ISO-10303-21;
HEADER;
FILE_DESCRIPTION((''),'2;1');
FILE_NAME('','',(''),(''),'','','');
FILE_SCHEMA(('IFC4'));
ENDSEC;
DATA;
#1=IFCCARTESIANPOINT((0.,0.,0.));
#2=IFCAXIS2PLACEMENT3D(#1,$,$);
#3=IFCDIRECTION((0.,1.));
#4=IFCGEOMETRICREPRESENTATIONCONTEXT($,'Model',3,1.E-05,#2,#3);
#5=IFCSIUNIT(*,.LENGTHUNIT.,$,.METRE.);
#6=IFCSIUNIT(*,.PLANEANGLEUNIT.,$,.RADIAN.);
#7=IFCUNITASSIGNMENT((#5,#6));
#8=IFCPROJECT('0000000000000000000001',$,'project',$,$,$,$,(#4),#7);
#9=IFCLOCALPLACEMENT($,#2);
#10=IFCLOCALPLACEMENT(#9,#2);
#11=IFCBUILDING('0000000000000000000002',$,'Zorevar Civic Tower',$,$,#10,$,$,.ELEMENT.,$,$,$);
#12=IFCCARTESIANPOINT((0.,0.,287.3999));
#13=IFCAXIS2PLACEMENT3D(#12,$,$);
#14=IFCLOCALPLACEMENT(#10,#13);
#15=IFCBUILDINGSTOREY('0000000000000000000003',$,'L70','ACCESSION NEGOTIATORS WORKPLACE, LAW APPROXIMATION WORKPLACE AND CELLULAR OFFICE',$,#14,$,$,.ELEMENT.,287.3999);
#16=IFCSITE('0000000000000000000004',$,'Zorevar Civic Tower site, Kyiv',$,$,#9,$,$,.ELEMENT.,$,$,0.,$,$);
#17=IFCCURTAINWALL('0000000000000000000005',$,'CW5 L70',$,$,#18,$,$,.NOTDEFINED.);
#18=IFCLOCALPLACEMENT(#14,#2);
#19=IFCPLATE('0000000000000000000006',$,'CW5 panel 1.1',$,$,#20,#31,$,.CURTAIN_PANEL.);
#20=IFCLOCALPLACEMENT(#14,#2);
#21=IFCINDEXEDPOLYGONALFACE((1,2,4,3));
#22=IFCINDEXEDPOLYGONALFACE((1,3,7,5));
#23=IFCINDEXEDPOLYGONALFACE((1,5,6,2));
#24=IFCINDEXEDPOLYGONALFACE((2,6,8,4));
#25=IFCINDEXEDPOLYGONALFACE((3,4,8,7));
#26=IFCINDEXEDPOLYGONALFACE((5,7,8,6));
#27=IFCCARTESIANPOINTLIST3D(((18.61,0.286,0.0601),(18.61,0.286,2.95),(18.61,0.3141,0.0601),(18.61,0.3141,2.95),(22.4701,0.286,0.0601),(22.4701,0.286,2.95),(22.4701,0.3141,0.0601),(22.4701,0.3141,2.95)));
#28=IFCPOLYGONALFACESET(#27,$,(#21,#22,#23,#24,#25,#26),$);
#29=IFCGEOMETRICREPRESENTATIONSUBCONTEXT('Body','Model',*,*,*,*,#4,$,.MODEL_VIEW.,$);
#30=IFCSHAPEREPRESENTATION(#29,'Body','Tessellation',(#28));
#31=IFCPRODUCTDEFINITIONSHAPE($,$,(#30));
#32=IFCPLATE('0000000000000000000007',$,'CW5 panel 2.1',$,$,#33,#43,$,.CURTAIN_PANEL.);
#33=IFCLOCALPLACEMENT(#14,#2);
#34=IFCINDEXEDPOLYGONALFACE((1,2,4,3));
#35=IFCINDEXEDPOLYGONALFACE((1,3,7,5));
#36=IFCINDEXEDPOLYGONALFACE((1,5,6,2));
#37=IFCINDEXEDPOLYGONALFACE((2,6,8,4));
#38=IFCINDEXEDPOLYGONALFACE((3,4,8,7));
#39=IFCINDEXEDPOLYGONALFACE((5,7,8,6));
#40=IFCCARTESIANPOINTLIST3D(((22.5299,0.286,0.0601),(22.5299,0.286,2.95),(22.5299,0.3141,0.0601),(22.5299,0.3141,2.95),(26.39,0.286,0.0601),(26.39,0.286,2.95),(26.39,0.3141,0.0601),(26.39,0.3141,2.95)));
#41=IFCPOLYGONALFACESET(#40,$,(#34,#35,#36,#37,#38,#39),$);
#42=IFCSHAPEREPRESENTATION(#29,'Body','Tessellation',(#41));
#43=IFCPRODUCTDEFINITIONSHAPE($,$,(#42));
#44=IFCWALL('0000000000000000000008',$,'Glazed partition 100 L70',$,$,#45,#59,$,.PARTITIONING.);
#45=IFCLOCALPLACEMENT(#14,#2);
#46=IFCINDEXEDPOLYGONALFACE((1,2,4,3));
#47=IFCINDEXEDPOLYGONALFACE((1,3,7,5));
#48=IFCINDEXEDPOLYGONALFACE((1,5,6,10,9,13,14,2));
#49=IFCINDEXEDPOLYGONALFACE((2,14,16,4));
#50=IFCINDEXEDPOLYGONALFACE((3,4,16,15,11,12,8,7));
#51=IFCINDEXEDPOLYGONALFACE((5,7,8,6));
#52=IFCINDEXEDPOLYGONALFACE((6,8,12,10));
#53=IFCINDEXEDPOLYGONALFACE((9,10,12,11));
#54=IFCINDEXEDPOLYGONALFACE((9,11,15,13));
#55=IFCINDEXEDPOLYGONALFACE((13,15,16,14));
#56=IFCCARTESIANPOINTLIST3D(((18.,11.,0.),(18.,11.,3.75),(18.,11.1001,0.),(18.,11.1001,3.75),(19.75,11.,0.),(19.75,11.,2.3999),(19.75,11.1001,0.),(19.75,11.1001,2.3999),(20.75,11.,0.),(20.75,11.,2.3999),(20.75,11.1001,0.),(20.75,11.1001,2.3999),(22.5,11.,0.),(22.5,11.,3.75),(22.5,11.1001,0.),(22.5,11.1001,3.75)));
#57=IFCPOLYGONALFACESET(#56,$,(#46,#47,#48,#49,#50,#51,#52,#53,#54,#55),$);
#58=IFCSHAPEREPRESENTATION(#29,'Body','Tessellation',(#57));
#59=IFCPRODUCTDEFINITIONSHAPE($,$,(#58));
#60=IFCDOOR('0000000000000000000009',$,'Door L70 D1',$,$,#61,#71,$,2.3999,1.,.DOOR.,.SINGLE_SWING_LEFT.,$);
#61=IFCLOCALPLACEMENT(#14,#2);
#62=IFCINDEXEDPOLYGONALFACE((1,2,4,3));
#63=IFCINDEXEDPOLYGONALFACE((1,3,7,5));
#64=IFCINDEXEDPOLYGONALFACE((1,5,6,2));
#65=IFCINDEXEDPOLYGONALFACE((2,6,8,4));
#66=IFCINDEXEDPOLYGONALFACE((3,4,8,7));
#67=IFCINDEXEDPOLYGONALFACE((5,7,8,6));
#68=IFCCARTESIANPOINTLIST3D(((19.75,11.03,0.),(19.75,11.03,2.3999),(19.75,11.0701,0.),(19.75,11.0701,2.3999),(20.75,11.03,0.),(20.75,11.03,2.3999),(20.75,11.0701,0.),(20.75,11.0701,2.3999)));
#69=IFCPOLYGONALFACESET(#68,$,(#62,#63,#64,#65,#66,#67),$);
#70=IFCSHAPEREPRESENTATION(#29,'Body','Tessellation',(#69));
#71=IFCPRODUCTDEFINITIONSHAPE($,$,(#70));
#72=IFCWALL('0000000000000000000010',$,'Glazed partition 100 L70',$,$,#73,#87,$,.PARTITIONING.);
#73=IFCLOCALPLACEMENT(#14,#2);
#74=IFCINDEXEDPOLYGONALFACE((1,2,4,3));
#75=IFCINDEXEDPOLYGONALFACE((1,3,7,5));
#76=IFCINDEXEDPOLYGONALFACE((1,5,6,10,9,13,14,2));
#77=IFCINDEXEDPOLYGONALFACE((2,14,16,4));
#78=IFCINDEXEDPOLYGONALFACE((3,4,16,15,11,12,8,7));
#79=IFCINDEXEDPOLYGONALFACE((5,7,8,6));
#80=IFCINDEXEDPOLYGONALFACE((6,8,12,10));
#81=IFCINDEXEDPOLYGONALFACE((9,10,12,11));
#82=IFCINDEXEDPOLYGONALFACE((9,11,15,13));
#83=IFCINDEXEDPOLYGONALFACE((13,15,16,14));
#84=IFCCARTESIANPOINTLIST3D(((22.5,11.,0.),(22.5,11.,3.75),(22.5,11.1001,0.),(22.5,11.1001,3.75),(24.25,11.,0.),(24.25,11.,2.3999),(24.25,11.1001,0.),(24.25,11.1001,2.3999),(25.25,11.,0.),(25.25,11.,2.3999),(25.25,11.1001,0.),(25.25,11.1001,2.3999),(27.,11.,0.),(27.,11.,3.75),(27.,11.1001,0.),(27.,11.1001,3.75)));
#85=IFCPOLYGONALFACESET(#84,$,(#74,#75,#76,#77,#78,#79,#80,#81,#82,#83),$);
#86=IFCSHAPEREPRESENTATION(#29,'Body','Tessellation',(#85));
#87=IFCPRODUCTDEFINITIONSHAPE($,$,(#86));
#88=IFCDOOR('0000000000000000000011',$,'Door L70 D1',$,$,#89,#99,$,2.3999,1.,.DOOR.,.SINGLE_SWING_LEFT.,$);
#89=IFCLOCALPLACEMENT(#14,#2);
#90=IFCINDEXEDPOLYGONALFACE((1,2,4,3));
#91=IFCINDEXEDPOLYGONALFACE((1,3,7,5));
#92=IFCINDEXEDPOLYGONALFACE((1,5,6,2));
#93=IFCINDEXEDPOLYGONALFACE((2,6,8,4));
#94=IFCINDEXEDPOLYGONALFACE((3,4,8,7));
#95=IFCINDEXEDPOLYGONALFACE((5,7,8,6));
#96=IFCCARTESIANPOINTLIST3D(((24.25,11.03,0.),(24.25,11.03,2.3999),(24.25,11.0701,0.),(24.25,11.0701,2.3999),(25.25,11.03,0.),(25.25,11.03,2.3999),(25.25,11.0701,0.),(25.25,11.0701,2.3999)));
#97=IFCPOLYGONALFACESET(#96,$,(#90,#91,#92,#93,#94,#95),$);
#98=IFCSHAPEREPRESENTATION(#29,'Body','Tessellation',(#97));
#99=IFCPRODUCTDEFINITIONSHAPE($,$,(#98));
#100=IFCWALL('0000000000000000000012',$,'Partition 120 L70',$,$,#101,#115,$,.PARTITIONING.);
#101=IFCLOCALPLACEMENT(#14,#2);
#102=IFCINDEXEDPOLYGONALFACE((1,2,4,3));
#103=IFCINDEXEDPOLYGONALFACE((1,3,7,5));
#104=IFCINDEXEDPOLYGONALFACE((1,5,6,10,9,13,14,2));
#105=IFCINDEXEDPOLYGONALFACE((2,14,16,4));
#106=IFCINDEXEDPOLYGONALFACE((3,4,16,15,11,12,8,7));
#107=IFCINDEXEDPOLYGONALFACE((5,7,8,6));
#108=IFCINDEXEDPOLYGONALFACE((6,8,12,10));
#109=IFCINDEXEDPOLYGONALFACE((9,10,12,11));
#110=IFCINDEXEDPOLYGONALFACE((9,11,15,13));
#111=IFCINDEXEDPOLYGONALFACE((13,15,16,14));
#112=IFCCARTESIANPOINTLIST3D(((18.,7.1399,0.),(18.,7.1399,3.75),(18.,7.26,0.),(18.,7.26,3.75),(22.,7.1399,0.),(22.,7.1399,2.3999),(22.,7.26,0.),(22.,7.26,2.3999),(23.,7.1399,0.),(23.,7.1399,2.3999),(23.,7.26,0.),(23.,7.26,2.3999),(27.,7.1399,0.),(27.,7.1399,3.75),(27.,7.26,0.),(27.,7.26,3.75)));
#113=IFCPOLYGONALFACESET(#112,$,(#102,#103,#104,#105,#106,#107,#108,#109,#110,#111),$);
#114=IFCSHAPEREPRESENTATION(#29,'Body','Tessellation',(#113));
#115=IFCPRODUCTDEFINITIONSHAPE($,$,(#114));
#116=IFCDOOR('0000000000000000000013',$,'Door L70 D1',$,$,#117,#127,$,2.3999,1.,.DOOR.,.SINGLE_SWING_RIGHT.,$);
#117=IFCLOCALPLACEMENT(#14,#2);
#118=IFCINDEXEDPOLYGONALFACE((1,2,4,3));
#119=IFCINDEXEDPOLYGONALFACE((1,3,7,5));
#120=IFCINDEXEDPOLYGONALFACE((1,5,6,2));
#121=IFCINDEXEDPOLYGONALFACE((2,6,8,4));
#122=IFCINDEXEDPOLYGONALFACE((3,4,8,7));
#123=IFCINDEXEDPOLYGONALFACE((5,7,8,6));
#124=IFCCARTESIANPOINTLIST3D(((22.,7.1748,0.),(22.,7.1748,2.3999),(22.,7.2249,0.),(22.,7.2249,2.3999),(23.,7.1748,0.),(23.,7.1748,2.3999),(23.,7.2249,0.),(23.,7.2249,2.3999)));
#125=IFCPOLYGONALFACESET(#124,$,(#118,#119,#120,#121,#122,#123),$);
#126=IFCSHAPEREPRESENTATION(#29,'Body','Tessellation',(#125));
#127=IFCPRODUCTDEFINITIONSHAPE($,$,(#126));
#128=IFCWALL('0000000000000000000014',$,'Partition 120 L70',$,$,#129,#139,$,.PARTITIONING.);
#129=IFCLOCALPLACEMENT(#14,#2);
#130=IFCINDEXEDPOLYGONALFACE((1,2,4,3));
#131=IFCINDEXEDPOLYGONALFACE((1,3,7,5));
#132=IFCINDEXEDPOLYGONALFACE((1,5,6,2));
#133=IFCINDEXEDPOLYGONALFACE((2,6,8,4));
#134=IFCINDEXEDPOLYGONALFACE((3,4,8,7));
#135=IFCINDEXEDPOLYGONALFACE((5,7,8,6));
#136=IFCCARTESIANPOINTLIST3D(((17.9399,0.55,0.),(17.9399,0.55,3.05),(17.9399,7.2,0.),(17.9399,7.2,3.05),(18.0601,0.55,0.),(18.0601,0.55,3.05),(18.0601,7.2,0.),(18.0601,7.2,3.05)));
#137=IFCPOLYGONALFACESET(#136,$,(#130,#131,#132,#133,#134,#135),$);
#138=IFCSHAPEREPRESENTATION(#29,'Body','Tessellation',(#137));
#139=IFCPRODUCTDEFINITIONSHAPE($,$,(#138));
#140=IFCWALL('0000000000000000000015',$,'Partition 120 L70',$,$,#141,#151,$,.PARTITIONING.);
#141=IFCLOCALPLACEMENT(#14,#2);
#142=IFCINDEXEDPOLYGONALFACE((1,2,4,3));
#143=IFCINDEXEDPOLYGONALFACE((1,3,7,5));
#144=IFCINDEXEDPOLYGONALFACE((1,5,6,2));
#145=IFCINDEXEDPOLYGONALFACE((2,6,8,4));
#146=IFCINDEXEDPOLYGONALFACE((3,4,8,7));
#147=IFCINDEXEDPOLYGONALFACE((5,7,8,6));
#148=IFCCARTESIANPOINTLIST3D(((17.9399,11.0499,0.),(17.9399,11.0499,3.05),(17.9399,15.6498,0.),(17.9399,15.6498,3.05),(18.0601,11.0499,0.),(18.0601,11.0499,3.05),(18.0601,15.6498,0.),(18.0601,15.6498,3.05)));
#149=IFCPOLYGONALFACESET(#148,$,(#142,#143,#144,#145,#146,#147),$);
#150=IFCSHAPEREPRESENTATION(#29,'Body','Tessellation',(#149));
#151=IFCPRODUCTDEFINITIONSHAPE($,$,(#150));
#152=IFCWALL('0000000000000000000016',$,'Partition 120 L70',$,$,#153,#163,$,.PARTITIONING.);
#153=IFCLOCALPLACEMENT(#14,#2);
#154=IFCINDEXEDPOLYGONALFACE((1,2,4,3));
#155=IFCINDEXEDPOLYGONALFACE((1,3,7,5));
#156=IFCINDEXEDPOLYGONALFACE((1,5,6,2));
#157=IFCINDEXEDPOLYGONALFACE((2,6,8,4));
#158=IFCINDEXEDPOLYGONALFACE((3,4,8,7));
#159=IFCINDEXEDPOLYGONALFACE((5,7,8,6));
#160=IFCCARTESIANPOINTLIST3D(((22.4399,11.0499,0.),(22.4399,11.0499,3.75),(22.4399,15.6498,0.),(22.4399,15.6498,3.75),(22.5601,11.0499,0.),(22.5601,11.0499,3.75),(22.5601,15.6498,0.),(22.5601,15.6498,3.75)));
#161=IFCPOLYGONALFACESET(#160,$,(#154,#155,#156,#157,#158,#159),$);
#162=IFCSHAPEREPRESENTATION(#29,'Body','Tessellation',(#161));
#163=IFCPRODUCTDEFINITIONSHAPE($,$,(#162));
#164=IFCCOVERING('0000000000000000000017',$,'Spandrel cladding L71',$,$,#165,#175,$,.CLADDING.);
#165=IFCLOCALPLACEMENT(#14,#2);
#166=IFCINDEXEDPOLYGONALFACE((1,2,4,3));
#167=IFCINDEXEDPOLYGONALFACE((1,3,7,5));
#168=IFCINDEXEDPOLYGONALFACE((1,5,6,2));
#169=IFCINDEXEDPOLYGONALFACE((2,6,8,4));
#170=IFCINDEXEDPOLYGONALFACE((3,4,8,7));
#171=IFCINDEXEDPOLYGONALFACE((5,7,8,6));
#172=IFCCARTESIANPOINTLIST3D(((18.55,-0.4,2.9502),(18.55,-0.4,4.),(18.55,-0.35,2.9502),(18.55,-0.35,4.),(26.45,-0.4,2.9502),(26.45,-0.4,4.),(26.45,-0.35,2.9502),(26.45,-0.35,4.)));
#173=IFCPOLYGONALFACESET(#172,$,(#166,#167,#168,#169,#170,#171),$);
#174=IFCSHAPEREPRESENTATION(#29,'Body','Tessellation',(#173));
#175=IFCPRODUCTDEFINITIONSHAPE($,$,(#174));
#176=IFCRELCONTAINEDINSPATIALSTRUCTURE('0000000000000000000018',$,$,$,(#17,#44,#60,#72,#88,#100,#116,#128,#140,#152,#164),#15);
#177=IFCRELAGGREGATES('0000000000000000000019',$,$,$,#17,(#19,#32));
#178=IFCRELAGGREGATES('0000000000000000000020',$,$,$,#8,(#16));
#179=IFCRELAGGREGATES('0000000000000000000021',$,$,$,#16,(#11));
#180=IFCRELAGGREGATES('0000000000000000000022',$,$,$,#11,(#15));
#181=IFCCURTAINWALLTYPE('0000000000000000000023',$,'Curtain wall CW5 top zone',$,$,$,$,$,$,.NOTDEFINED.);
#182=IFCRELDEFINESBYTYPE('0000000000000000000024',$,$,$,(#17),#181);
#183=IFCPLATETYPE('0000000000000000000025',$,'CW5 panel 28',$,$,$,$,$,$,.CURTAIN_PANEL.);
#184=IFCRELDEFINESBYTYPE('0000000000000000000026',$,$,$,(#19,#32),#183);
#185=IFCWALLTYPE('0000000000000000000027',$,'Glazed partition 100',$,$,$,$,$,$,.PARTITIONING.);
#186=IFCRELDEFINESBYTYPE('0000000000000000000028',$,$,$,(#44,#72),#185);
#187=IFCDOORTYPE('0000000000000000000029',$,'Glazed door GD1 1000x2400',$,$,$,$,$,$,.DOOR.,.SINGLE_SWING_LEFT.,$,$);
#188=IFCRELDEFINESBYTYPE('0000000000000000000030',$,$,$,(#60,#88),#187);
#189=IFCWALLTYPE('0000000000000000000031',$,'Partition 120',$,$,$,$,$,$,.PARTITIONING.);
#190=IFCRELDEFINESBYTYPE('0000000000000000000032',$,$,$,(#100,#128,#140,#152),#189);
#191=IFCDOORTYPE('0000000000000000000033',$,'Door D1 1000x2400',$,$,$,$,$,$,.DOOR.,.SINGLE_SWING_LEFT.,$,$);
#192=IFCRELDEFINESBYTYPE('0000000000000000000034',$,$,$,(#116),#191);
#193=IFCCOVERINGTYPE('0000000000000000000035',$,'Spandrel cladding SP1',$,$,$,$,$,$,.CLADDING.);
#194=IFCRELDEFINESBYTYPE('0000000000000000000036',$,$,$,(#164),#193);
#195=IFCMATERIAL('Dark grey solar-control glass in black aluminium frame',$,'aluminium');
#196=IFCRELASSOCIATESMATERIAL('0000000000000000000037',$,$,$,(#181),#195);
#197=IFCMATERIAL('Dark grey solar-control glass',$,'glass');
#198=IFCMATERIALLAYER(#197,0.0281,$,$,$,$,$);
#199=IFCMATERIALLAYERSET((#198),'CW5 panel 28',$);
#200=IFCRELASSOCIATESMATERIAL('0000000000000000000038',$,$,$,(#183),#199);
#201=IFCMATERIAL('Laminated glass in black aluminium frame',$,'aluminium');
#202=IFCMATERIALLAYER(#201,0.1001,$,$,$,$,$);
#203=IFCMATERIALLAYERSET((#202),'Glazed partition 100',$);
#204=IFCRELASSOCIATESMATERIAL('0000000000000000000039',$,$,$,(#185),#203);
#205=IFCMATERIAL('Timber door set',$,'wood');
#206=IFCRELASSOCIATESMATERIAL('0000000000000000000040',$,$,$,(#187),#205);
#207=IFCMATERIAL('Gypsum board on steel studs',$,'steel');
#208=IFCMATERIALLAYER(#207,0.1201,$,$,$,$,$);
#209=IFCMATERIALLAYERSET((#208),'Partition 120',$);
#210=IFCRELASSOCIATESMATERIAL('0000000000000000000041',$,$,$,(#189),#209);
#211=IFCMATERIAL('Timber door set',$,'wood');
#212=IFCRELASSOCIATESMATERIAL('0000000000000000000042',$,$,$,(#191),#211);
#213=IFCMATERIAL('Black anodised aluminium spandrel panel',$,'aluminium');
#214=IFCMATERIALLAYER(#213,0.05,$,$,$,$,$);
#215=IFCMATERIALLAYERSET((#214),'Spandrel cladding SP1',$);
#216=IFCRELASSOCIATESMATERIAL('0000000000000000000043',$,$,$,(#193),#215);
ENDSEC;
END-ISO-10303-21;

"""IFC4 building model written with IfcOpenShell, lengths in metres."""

from ifc_helpers import new_model, si_unit, direction, frame, frame_2d, origin, origin_2d, place, context, subcontext, project, spatial, rectangle, extrude, material, layer, layer_set, type_object, element, fill, aggregate, save


model = new_model("IFC4")

# Units and contexts
model_context = context("Model", 3, precision=1e-05, world=origin(), true_north=direction((0.0, 1.0)))
body_context = subcontext(model_context, "Body", "Model", "MODEL_VIEW")
ifc_project = project(units=[si_unit("LENGTHUNIT", "METRE"), si_unit("PLANEANGLEUNIT", "RADIAN")], contexts=[model_context])

# Site, building, storey
site_placement = place(None, origin())
site = spatial("IfcSite", under=ifc_project, at=site_placement, Name="Zorevar Civic Tower site, Kyiv", CompositionType="ELEMENT", RefElevation=0.0)
building_placement = place(site_placement, origin())
building = spatial("IfcBuilding", under=site, at=building_placement, Name="Zorevar Civic Tower", CompositionType="ELEMENT")
storey_placement = place(building_placement, frame((0.0, 0.0, 287.3999)))
storey = spatial("IfcBuildingStorey", under=building, at=storey_placement, Name="L70", Description="ACCESSION NEGOTIATORS WORKPLACE, LAW APPROXIMATION WORKPLACE AND CELLULAR OFFICE", CompositionType="ELEMENT", Elevation=287.3999)

# Curtain wall
ifc_material_1 = material(Name="Dark grey solar-control glass in black aluminium frame", Category="aluminium")
curtain_wall_type = type_object("IfcCurtainWallType", Name="Curtain wall CW5 top zone", PredefinedType="NOTDEFINED", material=ifc_material_1)
curtain_wall_1_placement = place(storey_placement, origin())
curtain_wall_1 = element("IfcCurtainWall", 1, at=curtain_wall_1_placement, inside=storey, type_object=curtain_wall_type, Name="CW5 L70", PredefinedType="NOTDEFINED")

# Plates
ifc_material_2 = material(Name="Dark grey solar-control glass", Category="glass")
ifc_layer_1 = layer(ifc_material_2, 0.0281)
ifc_layer_set_1 = layer_set([ifc_layer_1], Name="CW5 panel 28")
plate_type = type_object("IfcPlateType", Name="CW5 panel 28", PredefinedType="CURTAIN_PANEL", material=ifc_layer_set_1)
plate_1_placement = place(storey_placement, frame((20.54, 0.3, 0.0601), z_axis=(0.0, 0.0, 1.0), x_axis=(1.0, 0.0, 0.0)))
plate_1 = element("IfcPlate", 2, at=plate_1_placement, type_object=plate_type, Name="CW5 panel 1.1", PredefinedType="CURTAIN_PANEL", context=body_context, shape_type="SweptSolid", body=[
    extrude(rectangle(XDim=3.8601, YDim=0.0281, at=origin_2d()), origin(), (0.0, 0.0, 1.0), 2.8899),
])
plate_2_placement = place(storey_placement, frame((24.46, 0.3, 0.0601), z_axis=(0.0, 0.0, 1.0), x_axis=(1.0, 0.0, 0.0)))
plate_2 = element("IfcPlate", 3, at=plate_2_placement, type_object=plate_type, Name="CW5 panel 2.1", PredefinedType="CURTAIN_PANEL", context=body_context, shape_type="SweptSolid", body=[
    extrude(rectangle(XDim=3.8601, YDim=0.0281, at=origin_2d()), origin(), (0.0, 0.0, 1.0), 2.8899),
])
aggregate(curtain_wall_1, [plate_1, plate_2])

# Walls, openings, doors
ifc_material_3 = material(Name="Laminated glass in black aluminium frame", Category="aluminium")
ifc_layer_2 = layer(ifc_material_3, 0.1001)
ifc_layer_set_2 = layer_set([ifc_layer_2], Name="Glazed partition 100")
wall_type_1 = type_object("IfcWallType", Name="Glazed partition 100", PredefinedType="PARTITIONING", material=ifc_layer_set_2)
wall_1_placement = place(storey_placement, frame((18.0, 11.05, 0.0), z_axis=(0.0, 0.0, 1.0), x_axis=(1.0, 0.0, 0.0)))
wall_1 = element("IfcWall", 4, at=wall_1_placement, inside=storey, type_object=wall_type_1, Name="Glazed partition 100 L70", PredefinedType="PARTITIONING", context=body_context, shape_type="SweptSolid", body=[
    extrude(rectangle(XDim=4.5, YDim=0.1001, at=frame_2d((2.25, 0.0))), origin(), (0.0, 0.0, 1.0), 3.75),
])
opening_1_placement = place(wall_1_placement, frame((1.75, 0.0, 0.0)))
opening_1 = element("IfcOpeningElement", 5, at=opening_1_placement, cuts=wall_1, PredefinedType="OPENING", context=body_context, shape_type="SweptSolid", body=[
    extrude(rectangle(XDim=1.0, YDim=2.3999, at=frame_2d((0.5, 1.2))), frame((0.0, 0.0601, 0.0), z_axis=(0.0, -1.0, 0.0), x_axis=(1.0, 0.0, 0.0)), (0.0, 0.0, 1.0), 0.1201),
])
ifc_material_4 = material(Name="Timber door set", Category="wood")
door_type_1 = type_object("IfcDoorType", Name="Glazed door GD1 1000x2400", OperationType="SINGLE_SWING_LEFT", PredefinedType="DOOR", material=ifc_material_4)
door_1_placement = place(opening_1_placement, origin())
door_1 = element("IfcDoor", 6, at=door_1_placement, inside=storey, type_object=door_type_1, Name="Door L70 D1", OperationType="SINGLE_SWING_LEFT", OverallHeight=2.3999, OverallWidth=1.0, PredefinedType="DOOR", context=body_context, shape_type="SweptSolid", body=[
    extrude(rectangle(XDim=1.0, YDim=2.3999, at=frame_2d((0.5, 1.2))), frame((0.0, 0.02, 0.0), z_axis=(0.0, -1.0, 0.0), x_axis=(1.0, 0.0, 0.0)), (0.0, 0.0, 1.0), 0.04),
])
fill(opening_1, door_1)
wall_2_placement = place(storey_placement, frame((22.5, 11.05, 0.0), z_axis=(0.0, 0.0, 1.0), x_axis=(1.0, 0.0, 0.0)))
wall_2 = element("IfcWall", 7, at=wall_2_placement, inside=storey, type_object=wall_type_1, Name="Glazed partition 100 L70", PredefinedType="PARTITIONING", context=body_context, shape_type="SweptSolid", body=[
    extrude(rectangle(XDim=4.5, YDim=0.1001, at=frame_2d((2.25, 0.0))), origin(), (0.0, 0.0, 1.0), 3.75),
])
opening_2_placement = place(wall_2_placement, frame((1.75, 0.0, 0.0)))
opening_2 = element("IfcOpeningElement", 8, at=opening_2_placement, cuts=wall_2, PredefinedType="OPENING", context=body_context, shape_type="SweptSolid", body=[
    extrude(rectangle(XDim=1.0, YDim=2.3999, at=frame_2d((0.5, 1.2))), frame((0.0, 0.0601, 0.0), z_axis=(0.0, -1.0, 0.0), x_axis=(1.0, 0.0, 0.0)), (0.0, 0.0, 1.0), 0.1201),
])
door_2_placement = place(opening_2_placement, origin())
door_2 = element("IfcDoor", 9, at=door_2_placement, inside=storey, type_object=door_type_1, Name="Door L70 D1", OperationType="SINGLE_SWING_LEFT", OverallHeight=2.3999, OverallWidth=1.0, PredefinedType="DOOR", context=body_context, shape_type="SweptSolid", body=[
    extrude(rectangle(XDim=1.0, YDim=2.3999, at=frame_2d((0.5, 1.2))), frame((0.0, 0.02, 0.0), z_axis=(0.0, -1.0, 0.0), x_axis=(1.0, 0.0, 0.0)), (0.0, 0.0, 1.0), 0.04),
])
fill(opening_2, door_2)
ifc_material_5 = material(Name="Gypsum board on steel studs", Category="steel")
ifc_layer_3 = layer(ifc_material_5, 0.1201)
ifc_layer_set_3 = layer_set([ifc_layer_3], Name="Partition 120")
wall_type_2 = type_object("IfcWallType", Name="Partition 120", PredefinedType="PARTITIONING", material=ifc_layer_set_3)
wall_3_placement = place(storey_placement, frame((18.0, 7.2, 0.0), z_axis=(0.0, 0.0, 1.0), x_axis=(1.0, 0.0, 0.0)))
wall_3 = element("IfcWall", 10, at=wall_3_placement, inside=storey, type_object=wall_type_2, Name="Partition 120 L70", PredefinedType="PARTITIONING", context=body_context, shape_type="SweptSolid", body=[
    extrude(rectangle(XDim=9.0, YDim=0.1201, at=frame_2d((4.5, 0.0))), origin(), (0.0, 0.0, 1.0), 3.75),
])
opening_3_placement = place(wall_3_placement, frame((4.0, 0.0, 0.0)))
opening_3 = element("IfcOpeningElement", 11, at=opening_3_placement, cuts=wall_3, PredefinedType="OPENING", context=body_context, shape_type="SweptSolid", body=[
    extrude(rectangle(XDim=1.0, YDim=2.3999, at=frame_2d((0.5, 1.2))), frame((0.0, 0.0701, 0.0), z_axis=(0.0, -1.0, 0.0), x_axis=(1.0, 0.0, 0.0)), (0.0, 0.0, 1.0), 0.1401),
])
ifc_material_6 = material(Name="Timber door set", Category="wood")
door_type_2 = type_object("IfcDoorType", Name="Door D1 1000x2400", OperationType="SINGLE_SWING_LEFT", PredefinedType="DOOR", material=ifc_material_6)
door_3_placement = place(opening_3_placement, origin())
door_3 = element("IfcDoor", 12, at=door_3_placement, inside=storey, type_object=door_type_2, Name="Door L70 D1", OperationType="SINGLE_SWING_RIGHT", OverallHeight=2.3999, OverallWidth=1.0, PredefinedType="DOOR", context=body_context, shape_type="SweptSolid", body=[
    extrude(rectangle(XDim=1.0, YDim=2.3999, at=frame_2d((0.5, 1.2))), frame((0.0, 0.0249, 0.0), z_axis=(0.0, -1.0, 0.0), x_axis=(1.0, 0.0, 0.0)), (0.0, 0.0, 1.0), 0.05),
])
fill(opening_3, door_3)

# Walls
wall_4_placement = place(storey_placement, frame((18.0, 0.55, 0.0), z_axis=(0.0, 0.0, 1.0), x_axis=(0.0, 1.0, 0.0)))
element("IfcWall", 13, at=wall_4_placement, inside=storey, type_object=wall_type_2, Name="Partition 120 L70", PredefinedType="PARTITIONING", context=body_context, shape_type="SweptSolid", body=[
    extrude(rectangle(XDim=6.6499, YDim=0.1201, at=frame_2d((3.325, 0.0))), origin(), (0.0, 0.0, 1.0), 3.05),
])
wall_5_placement = place(storey_placement, frame((18.0, 11.05, 0.0), z_axis=(0.0, 0.0, 1.0), x_axis=(0.0, 1.0, 0.0)))
element("IfcWall", 14, at=wall_5_placement, inside=storey, type_object=wall_type_2, Name="Partition 120 L70", PredefinedType="PARTITIONING", context=body_context, shape_type="SweptSolid", body=[
    extrude(rectangle(XDim=4.5999, YDim=0.1201, at=frame_2d((2.2998, 0.0))), origin(), (0.0, 0.0, 1.0), 3.05),
])
wall_6_placement = place(storey_placement, frame((22.5, 11.05, 0.0), z_axis=(0.0, 0.0, 1.0), x_axis=(0.0, 1.0, 0.0)))
element("IfcWall", 15, at=wall_6_placement, inside=storey, type_object=wall_type_2, Name="Partition 120 L70", PredefinedType="PARTITIONING", context=body_context, shape_type="SweptSolid", body=[
    extrude(rectangle(XDim=4.5999, YDim=0.1201, at=frame_2d((2.2998, 0.0))), origin(), (0.0, 0.0, 1.0), 3.75),
])

# Covering
ifc_material_7 = material(Name="Black anodised aluminium spandrel panel", Category="aluminium")
ifc_layer_4 = layer(ifc_material_7, 0.05)
ifc_layer_set_4 = layer_set([ifc_layer_4], Name="Spandrel cladding SP1")
covering_type = type_object("IfcCoveringType", Name="Spandrel cladding SP1", PredefinedType="CLADDING", material=ifc_layer_set_4)
covering_placement = place(storey_placement, frame((18.55, -0.375, 2.9502), z_axis=(0.0, 0.0, 1.0), x_axis=(1.0, 0.0, 0.0)))
element("IfcCovering", 16, at=covering_placement, inside=storey, type_object=covering_type, Name="Spandrel cladding L71", PredefinedType="CLADDING", context=body_context, shape_type="SweptSolid", body=[
    extrude(rectangle(XDim=7.8999, YDim=0.05, at=frame_2d((3.95, 0.0))), origin(), (0.0, 0.0, 1.0), 1.0498),
])

save(model, "model.ifc")
